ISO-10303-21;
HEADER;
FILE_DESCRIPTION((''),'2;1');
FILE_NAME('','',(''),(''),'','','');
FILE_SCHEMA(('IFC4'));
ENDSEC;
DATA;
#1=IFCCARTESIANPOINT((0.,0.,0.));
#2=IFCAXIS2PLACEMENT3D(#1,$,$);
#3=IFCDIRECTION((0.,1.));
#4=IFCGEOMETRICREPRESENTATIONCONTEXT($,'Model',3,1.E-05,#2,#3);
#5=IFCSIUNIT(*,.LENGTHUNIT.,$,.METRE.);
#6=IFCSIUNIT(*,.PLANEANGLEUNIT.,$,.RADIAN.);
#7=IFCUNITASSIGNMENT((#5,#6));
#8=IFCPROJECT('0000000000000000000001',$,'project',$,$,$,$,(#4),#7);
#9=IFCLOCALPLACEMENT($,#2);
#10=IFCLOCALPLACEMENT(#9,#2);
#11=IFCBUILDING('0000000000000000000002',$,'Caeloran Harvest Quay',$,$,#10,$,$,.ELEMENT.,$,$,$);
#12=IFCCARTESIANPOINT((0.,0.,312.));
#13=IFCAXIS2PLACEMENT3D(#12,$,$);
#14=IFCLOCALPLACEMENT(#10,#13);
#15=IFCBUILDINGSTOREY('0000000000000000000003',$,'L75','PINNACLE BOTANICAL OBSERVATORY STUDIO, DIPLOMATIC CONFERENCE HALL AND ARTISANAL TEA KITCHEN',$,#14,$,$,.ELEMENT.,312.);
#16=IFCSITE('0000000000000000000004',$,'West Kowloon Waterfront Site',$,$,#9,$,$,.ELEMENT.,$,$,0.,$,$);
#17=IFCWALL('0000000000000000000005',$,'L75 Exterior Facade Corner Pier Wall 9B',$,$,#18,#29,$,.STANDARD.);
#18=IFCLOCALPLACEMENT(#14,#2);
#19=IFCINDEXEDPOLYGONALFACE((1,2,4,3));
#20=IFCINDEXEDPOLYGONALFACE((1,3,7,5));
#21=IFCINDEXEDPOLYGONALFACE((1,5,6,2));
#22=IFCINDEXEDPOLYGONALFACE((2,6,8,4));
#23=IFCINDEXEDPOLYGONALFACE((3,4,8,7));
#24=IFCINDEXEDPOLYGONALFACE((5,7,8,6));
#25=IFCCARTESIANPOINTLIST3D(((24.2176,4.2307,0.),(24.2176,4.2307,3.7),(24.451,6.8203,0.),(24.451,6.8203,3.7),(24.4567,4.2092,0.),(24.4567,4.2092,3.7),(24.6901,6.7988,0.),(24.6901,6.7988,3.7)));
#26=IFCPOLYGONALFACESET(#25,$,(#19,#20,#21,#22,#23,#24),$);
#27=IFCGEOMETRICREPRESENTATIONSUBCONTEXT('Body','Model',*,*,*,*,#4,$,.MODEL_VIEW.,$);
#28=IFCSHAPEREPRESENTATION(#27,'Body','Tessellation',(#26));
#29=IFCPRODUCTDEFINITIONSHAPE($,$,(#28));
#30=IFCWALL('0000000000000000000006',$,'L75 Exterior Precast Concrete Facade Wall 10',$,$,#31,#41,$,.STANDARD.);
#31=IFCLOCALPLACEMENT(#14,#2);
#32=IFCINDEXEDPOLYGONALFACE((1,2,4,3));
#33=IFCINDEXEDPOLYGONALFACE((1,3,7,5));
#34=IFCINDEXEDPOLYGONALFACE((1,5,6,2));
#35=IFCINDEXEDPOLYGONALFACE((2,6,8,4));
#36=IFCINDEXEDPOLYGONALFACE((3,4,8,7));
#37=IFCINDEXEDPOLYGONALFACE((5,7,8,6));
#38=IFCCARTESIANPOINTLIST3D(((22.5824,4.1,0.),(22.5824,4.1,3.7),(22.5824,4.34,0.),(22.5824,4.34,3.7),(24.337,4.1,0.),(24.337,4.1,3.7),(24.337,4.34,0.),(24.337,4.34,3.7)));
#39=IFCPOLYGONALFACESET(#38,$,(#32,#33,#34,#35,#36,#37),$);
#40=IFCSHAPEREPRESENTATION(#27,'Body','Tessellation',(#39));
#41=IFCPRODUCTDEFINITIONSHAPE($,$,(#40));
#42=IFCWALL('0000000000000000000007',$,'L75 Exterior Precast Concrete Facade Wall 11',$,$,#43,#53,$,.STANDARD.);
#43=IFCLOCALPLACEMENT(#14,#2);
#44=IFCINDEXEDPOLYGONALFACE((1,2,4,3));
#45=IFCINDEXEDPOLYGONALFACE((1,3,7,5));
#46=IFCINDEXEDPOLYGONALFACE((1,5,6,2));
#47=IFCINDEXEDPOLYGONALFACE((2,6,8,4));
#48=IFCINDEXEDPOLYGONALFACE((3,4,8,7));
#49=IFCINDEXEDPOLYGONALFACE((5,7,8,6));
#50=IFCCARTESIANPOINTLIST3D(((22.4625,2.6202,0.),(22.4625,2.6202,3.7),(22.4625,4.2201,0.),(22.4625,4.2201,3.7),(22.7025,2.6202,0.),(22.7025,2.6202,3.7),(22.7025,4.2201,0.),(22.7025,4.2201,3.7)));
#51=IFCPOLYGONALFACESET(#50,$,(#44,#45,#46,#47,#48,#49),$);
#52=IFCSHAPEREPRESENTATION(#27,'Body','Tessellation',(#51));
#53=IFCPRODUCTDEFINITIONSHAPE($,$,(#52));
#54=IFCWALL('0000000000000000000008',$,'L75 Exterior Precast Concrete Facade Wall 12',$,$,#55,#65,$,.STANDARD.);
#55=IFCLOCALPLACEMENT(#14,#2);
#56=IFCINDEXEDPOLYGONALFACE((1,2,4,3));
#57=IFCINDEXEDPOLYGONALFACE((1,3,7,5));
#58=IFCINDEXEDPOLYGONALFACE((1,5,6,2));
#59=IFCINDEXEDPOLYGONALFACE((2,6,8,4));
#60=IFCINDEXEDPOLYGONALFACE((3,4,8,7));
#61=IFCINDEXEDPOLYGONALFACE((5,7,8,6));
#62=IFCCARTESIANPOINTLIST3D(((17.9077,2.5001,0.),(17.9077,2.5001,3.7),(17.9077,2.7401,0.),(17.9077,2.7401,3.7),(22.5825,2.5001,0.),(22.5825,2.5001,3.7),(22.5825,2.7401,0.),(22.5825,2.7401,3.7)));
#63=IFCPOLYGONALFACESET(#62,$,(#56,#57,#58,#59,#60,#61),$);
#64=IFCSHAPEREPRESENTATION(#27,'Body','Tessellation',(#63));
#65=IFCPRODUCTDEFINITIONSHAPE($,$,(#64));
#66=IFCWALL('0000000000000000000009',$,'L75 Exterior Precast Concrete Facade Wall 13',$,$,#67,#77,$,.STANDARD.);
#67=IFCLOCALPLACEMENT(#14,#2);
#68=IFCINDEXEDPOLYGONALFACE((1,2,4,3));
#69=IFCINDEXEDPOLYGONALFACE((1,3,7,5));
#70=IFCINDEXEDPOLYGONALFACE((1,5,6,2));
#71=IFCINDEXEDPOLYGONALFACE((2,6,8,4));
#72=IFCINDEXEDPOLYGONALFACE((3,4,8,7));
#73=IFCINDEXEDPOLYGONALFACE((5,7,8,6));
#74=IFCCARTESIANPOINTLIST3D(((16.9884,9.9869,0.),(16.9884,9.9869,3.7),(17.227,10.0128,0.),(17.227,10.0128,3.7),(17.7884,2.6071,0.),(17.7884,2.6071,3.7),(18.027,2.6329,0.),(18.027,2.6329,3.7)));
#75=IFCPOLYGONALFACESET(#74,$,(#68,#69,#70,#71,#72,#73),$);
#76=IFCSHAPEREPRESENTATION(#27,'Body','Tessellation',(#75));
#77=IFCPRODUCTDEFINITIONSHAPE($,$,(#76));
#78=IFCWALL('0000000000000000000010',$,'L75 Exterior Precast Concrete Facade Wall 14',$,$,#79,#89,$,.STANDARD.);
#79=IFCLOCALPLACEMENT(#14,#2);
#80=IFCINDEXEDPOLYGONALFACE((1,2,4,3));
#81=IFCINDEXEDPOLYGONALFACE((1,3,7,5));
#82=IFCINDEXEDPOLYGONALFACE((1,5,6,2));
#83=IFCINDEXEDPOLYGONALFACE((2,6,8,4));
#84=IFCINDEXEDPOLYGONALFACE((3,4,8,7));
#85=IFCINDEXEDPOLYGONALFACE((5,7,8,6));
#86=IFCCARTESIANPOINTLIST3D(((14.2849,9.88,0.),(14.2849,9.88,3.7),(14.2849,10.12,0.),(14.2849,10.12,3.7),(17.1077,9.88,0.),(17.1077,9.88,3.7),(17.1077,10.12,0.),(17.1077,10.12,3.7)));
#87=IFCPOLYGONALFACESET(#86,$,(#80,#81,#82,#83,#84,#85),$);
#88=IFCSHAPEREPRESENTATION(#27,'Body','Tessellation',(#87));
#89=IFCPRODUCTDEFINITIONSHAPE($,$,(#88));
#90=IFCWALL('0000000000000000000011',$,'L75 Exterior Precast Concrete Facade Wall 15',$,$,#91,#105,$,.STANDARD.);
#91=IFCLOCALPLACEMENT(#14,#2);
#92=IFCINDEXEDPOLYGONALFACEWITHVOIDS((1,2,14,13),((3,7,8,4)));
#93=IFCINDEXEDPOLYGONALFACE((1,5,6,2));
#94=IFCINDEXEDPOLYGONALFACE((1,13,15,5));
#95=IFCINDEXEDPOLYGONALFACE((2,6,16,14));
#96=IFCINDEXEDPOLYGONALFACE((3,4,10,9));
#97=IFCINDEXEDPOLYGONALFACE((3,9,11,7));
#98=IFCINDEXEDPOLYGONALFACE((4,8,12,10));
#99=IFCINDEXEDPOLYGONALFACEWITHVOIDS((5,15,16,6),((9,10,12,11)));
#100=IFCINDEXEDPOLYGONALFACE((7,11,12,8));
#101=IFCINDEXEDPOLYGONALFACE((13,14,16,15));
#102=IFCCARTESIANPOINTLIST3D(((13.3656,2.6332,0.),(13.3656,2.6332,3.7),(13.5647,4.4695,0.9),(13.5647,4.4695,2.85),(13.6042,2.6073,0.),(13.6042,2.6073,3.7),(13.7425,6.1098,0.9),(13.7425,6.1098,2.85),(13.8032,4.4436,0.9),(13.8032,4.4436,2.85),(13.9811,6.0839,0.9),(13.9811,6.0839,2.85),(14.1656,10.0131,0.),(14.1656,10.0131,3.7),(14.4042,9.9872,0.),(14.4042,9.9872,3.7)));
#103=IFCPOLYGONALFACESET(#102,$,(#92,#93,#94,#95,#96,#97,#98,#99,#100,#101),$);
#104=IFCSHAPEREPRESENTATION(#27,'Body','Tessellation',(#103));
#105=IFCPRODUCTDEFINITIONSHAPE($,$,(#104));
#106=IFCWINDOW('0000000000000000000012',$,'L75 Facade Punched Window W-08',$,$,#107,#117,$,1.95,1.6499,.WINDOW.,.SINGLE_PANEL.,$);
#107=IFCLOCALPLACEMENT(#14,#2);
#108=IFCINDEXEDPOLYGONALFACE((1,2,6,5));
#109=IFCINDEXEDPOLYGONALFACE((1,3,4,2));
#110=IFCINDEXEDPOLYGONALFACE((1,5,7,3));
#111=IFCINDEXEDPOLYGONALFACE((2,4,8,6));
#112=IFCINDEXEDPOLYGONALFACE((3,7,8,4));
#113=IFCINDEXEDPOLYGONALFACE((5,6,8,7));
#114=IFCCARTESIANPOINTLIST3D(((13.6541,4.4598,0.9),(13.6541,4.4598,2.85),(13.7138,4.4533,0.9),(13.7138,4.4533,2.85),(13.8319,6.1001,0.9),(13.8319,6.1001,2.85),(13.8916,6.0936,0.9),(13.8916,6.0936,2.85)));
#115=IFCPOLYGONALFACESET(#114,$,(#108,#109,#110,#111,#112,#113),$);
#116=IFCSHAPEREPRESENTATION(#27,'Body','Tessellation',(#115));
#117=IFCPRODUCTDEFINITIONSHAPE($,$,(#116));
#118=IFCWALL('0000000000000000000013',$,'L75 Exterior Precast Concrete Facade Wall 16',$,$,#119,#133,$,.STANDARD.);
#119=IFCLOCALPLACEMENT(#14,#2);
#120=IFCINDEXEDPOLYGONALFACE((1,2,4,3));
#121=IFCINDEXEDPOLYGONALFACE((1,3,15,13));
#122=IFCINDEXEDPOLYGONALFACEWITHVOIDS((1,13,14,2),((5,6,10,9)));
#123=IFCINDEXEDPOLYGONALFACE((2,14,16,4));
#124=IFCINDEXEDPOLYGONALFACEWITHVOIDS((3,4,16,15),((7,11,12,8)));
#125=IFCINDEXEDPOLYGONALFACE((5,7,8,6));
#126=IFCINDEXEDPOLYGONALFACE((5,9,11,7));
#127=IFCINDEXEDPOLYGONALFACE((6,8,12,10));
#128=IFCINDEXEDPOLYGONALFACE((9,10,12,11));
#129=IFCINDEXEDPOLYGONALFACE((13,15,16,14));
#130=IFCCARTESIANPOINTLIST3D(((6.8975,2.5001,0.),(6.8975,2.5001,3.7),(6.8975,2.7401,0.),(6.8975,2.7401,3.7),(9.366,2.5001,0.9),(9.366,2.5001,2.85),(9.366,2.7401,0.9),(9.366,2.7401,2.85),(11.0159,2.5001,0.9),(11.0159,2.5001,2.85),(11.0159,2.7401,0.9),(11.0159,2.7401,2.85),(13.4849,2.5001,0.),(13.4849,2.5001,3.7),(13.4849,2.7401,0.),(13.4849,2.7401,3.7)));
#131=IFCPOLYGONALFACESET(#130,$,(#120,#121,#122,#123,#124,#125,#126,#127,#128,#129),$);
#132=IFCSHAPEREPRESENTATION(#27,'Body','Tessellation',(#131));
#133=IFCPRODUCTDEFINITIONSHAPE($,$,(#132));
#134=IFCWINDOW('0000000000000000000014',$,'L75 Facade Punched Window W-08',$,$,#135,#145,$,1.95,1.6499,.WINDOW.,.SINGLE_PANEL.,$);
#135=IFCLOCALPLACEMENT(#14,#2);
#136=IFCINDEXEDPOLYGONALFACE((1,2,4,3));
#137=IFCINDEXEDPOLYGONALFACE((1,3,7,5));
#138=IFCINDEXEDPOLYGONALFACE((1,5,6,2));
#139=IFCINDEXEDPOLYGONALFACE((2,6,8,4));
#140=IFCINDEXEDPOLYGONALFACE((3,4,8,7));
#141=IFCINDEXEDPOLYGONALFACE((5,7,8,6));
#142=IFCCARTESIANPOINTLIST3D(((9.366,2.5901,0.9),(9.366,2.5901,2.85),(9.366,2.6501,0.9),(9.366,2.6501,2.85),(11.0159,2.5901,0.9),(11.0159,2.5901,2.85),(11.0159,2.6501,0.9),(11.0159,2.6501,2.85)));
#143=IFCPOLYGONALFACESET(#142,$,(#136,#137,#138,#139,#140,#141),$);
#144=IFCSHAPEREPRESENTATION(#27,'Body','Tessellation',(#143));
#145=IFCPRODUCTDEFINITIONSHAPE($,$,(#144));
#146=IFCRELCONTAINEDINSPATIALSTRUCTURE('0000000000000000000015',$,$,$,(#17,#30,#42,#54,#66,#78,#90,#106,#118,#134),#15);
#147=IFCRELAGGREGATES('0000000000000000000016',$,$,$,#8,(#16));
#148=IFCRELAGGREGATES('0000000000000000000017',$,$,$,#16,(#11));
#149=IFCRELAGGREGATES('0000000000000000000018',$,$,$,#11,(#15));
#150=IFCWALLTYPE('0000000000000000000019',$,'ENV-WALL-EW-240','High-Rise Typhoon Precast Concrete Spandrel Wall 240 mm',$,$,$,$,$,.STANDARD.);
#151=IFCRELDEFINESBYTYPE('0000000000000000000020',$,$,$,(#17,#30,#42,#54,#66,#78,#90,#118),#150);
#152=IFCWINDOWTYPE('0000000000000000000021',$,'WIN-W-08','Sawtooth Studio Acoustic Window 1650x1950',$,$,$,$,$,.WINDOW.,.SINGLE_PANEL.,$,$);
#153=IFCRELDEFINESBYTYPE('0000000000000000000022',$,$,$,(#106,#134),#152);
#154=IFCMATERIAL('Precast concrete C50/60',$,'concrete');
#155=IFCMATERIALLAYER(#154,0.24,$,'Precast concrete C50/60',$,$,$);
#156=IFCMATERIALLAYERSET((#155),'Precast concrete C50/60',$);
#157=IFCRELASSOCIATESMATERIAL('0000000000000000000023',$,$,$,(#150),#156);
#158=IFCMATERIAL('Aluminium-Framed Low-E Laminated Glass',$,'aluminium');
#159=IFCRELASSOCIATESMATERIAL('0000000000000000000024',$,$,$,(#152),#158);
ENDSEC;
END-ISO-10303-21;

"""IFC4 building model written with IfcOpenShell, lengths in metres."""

from ifc_helpers import new_model, si_unit, direction, frame, frame_2d, origin, place, context, subcontext, project, spatial, rectangle, extrude, material, layer, layer_set, type_object, element, fill, save


model = new_model("IFC4")

# Units and contexts
model_context = context("Model", 3, precision=1e-05, world=origin(), true_north=direction((0.0, 1.0)))
body_context = subcontext(model_context, "Body", "Model", "MODEL_VIEW")
ifc_project = project(units=[si_unit("LENGTHUNIT", "METRE"), si_unit("PLANEANGLEUNIT", "RADIAN")], contexts=[model_context])

# Site, building, storey
site_placement = place(None, origin())
site = spatial("IfcSite", under=ifc_project, at=site_placement, Name="West Kowloon Waterfront Site", CompositionType="ELEMENT", RefElevation=0.0)
building_placement = place(site_placement, origin())
building = spatial("IfcBuilding", under=site, at=building_placement, Name="Caeloran Harvest Quay", CompositionType="ELEMENT")
storey_placement = place(building_placement, frame((0.0, 0.0, 312.0)))
storey = spatial("IfcBuildingStorey", under=building, at=storey_placement, Name="L75", Description="PINNACLE BOTANICAL OBSERVATORY STUDIO, DIPLOMATIC CONFERENCE HALL AND ARTISANAL TEA KITCHEN", CompositionType="ELEMENT", Elevation=312.0)

# Walls
ifc_material_1 = material(Name="Precast concrete C50/60", Category="concrete")
ifc_layer_1 = layer(ifc_material_1, 0.24, Name="Precast concrete C50/60")
ifc_layer_set_1 = layer_set([ifc_layer_1], Name="Precast concrete C50/60")
wall_type = type_object("IfcWallType", Name="ENV-WALL-EW-240", Description="High-Rise Typhoon Precast Concrete Spandrel Wall 240 mm", PredefinedType="STANDARD", material=ifc_layer_set_1)
wall_1_placement = place(storey_placement, frame((24.5706, 6.8096, 0.0), z_axis=(0.0, 0.0, 1.0), x_axis=(-0.089765, -0.995963, 0.0)))
element("IfcWall", 1, at=wall_1_placement, inside=storey, type_object=wall_type, Name="L75 Exterior Facade Corner Pier Wall 9B", PredefinedType="STANDARD", context=body_context, shape_type="SweptSolid", body=[
    extrude(rectangle(XDim=2.6001, YDim=0.24, at=frame_2d((1.3, 0.0))), origin(), (0.0, 0.0, 1.0), 3.7),
])
wall_2_placement = place(storey_placement, frame((24.3372, 4.22, 0.0), z_axis=(0.0, 0.0, 1.0), x_axis=(-1.0, 0.0, 0.0)))
element("IfcWall", 2, at=wall_2_placement, inside=storey, type_object=wall_type, Name="L75 Exterior Precast Concrete Facade Wall 10", PredefinedType="STANDARD", context=body_context, shape_type="SweptSolid", body=[
    extrude(rectangle(XDim=1.7546, YDim=0.24, at=frame_2d((0.8774, 0.0))), origin(), (0.0, 0.0, 1.0), 3.7),
])
wall_3_placement = place(storey_placement, frame((22.5825, 4.22, 0.0), z_axis=(0.0, 0.0, 1.0), x_axis=(0.0, -1.0, 0.0)))
element("IfcWall", 3, at=wall_3_placement, inside=storey, type_object=wall_type, Name="L75 Exterior Precast Concrete Facade Wall 11", PredefinedType="STANDARD", context=body_context, shape_type="SweptSolid", body=[
    extrude(rectangle(XDim=1.5999, YDim=0.24, at=frame_2d((0.7998, 0.0))), origin(), (0.0, 0.0, 1.0), 3.7),
])
wall_4_placement = place(storey_placement, frame((22.5825, 2.6201, 0.0), z_axis=(0.0, 0.0, 1.0), x_axis=(-1.0, 0.0, 0.0)))
element("IfcWall", 4, at=wall_4_placement, inside=storey, type_object=wall_type, Name="L75 Exterior Precast Concrete Facade Wall 12", PredefinedType="STANDARD", context=body_context, shape_type="SweptSolid", body=[
    extrude(rectangle(XDim=4.6748, YDim=0.24, at=frame_2d((2.3374, 0.0))), origin(), (0.0, 0.0, 1.0), 3.7),
])
wall_5_placement = place(storey_placement, frame((17.9077, 2.6201, 0.0), z_axis=(0.0, 0.0, 1.0), x_axis=(-0.107778, 0.994175, 0.0)))
element("IfcWall", 5, at=wall_5_placement, inside=storey, type_object=wall_type, Name="L75 Exterior Precast Concrete Facade Wall 13", PredefinedType="STANDARD", context=body_context, shape_type="SweptSolid", body=[
    extrude(rectangle(XDim=7.4231, YDim=0.24, at=frame_2d((3.7114, 0.0))), origin(), (0.0, 0.0, 1.0), 3.7),
])
wall_6_placement = place(storey_placement, frame((17.1077, 10.0, 0.0), z_axis=(0.0, 0.0, 1.0), x_axis=(-1.0, 0.0, 0.0)))
element("IfcWall", 6, at=wall_6_placement, inside=storey, type_object=wall_type, Name="L75 Exterior Precast Concrete Facade Wall 14", PredefinedType="STANDARD", context=body_context, shape_type="SweptSolid", body=[
    extrude(rectangle(XDim=2.8228, YDim=0.24, at=frame_2d((1.4114, 0.0))), origin(), (0.0, 0.0, 1.0), 3.7),
])

# Walls, openings, windows
wall_7_placement = place(storey_placement, frame((14.2849, 10.0, 0.0), z_axis=(0.0, 0.0, 1.0), x_axis=(-0.107778, -0.994175, 0.0)))
wall_7 = element("IfcWall", 7, at=wall_7_placement, inside=storey, type_object=wall_type, Name="L75 Exterior Precast Concrete Facade Wall 15", PredefinedType="STANDARD", context=body_context, shape_type="SweptSolid", body=[
    extrude(rectangle(XDim=7.4231, YDim=0.24, at=frame_2d((3.7114, 0.0))), origin(), (0.0, 0.0, 1.0), 3.7),
])
opening_1_placement = place(wall_7_placement, frame((3.926, 0.0, 0.8999)))
opening_1 = element("IfcOpeningElement", 8, at=opening_1_placement, cuts=wall_7, PredefinedType="OPENING", context=body_context, shape_type="SweptSolid", body=[
    extrude(rectangle(XDim=1.6499, YDim=1.95, at=frame_2d((0.825, 0.9751))), frame((0.0, 0.1299, 0.0), z_axis=(0.0, -1.0, 0.0), x_axis=(1.0, 0.0, 0.0)), (0.0, 0.0, 1.0), 0.26),
])
ifc_material_2 = material(Name="Aluminium-Framed Low-E Laminated Glass", Category="aluminium")
window_type = type_object("IfcWindowType", Name="WIN-W-08", Description="Sawtooth Studio Acoustic Window 1650x1950", PartitioningType="SINGLE_PANEL", PredefinedType="WINDOW", material=ifc_material_2)
window_1_placement = place(opening_1_placement, origin())
window_1 = element("IfcWindow", 9, at=window_1_placement, inside=storey, type_object=window_type, Name="L75 Facade Punched Window W-08", OverallHeight=1.95, OverallWidth=1.6499, PartitioningType="SINGLE_PANEL", PredefinedType="WINDOW", context=body_context, shape_type="SweptSolid", body=[
    extrude(rectangle(XDim=1.6499, YDim=1.95, at=frame_2d((0.825, 0.9751))), frame((0.0, 0.03, 0.0), z_axis=(0.0, -1.0, 0.0), x_axis=(1.0, 0.0, 0.0)), (0.0, 0.0, 1.0), 0.0601),
])
fill(opening_1, window_1)
wall_8_placement = place(storey_placement, frame((13.4849, 2.6201, 0.0), z_axis=(0.0, 0.0, 1.0), x_axis=(-1.0, 0.0, 0.0)))
wall_8 = element("IfcWall", 10, at=wall_8_placement, inside=storey, type_object=wall_type, Name="L75 Exterior Precast Concrete Facade Wall 16", PredefinedType="STANDARD", context=body_context, shape_type="SweptSolid", body=[
    extrude(rectangle(XDim=6.5874, YDim=0.24, at=frame_2d((3.2937, 0.0))), origin(), (0.0, 0.0, 1.0), 3.7),
])
opening_2_placement = place(wall_8_placement, frame((2.469, 0.0, 0.8999)))
opening_2 = element("IfcOpeningElement", 11, at=opening_2_placement, cuts=wall_8, PredefinedType="OPENING", context=body_context, shape_type="SweptSolid", body=[
    extrude(rectangle(XDim=1.6499, YDim=1.95, at=frame_2d((0.825, 0.9751))), frame((0.0, 0.1299, 0.0), z_axis=(0.0, -1.0, 0.0), x_axis=(1.0, 0.0, 0.0)), (0.0, 0.0, 1.0), 0.26),
])
window_2_placement = place(opening_2_placement, origin())
window_2 = element("IfcWindow", 12, at=window_2_placement, inside=storey, type_object=window_type, Name="L75 Facade Punched Window W-08", OverallHeight=1.95, OverallWidth=1.6499, PartitioningType="SINGLE_PANEL", PredefinedType="WINDOW", context=body_context, shape_type="SweptSolid", body=[
    extrude(rectangle(XDim=1.6499, YDim=1.95, at=frame_2d((0.825, 0.9751))), frame((0.0, 0.03, 0.0), z_axis=(0.0, -1.0, 0.0), x_axis=(1.0, 0.0, 0.0)), (0.0, 0.0, 1.0), 0.0601),
])
fill(opening_2, window_2)

save(model, "model.ifc")
